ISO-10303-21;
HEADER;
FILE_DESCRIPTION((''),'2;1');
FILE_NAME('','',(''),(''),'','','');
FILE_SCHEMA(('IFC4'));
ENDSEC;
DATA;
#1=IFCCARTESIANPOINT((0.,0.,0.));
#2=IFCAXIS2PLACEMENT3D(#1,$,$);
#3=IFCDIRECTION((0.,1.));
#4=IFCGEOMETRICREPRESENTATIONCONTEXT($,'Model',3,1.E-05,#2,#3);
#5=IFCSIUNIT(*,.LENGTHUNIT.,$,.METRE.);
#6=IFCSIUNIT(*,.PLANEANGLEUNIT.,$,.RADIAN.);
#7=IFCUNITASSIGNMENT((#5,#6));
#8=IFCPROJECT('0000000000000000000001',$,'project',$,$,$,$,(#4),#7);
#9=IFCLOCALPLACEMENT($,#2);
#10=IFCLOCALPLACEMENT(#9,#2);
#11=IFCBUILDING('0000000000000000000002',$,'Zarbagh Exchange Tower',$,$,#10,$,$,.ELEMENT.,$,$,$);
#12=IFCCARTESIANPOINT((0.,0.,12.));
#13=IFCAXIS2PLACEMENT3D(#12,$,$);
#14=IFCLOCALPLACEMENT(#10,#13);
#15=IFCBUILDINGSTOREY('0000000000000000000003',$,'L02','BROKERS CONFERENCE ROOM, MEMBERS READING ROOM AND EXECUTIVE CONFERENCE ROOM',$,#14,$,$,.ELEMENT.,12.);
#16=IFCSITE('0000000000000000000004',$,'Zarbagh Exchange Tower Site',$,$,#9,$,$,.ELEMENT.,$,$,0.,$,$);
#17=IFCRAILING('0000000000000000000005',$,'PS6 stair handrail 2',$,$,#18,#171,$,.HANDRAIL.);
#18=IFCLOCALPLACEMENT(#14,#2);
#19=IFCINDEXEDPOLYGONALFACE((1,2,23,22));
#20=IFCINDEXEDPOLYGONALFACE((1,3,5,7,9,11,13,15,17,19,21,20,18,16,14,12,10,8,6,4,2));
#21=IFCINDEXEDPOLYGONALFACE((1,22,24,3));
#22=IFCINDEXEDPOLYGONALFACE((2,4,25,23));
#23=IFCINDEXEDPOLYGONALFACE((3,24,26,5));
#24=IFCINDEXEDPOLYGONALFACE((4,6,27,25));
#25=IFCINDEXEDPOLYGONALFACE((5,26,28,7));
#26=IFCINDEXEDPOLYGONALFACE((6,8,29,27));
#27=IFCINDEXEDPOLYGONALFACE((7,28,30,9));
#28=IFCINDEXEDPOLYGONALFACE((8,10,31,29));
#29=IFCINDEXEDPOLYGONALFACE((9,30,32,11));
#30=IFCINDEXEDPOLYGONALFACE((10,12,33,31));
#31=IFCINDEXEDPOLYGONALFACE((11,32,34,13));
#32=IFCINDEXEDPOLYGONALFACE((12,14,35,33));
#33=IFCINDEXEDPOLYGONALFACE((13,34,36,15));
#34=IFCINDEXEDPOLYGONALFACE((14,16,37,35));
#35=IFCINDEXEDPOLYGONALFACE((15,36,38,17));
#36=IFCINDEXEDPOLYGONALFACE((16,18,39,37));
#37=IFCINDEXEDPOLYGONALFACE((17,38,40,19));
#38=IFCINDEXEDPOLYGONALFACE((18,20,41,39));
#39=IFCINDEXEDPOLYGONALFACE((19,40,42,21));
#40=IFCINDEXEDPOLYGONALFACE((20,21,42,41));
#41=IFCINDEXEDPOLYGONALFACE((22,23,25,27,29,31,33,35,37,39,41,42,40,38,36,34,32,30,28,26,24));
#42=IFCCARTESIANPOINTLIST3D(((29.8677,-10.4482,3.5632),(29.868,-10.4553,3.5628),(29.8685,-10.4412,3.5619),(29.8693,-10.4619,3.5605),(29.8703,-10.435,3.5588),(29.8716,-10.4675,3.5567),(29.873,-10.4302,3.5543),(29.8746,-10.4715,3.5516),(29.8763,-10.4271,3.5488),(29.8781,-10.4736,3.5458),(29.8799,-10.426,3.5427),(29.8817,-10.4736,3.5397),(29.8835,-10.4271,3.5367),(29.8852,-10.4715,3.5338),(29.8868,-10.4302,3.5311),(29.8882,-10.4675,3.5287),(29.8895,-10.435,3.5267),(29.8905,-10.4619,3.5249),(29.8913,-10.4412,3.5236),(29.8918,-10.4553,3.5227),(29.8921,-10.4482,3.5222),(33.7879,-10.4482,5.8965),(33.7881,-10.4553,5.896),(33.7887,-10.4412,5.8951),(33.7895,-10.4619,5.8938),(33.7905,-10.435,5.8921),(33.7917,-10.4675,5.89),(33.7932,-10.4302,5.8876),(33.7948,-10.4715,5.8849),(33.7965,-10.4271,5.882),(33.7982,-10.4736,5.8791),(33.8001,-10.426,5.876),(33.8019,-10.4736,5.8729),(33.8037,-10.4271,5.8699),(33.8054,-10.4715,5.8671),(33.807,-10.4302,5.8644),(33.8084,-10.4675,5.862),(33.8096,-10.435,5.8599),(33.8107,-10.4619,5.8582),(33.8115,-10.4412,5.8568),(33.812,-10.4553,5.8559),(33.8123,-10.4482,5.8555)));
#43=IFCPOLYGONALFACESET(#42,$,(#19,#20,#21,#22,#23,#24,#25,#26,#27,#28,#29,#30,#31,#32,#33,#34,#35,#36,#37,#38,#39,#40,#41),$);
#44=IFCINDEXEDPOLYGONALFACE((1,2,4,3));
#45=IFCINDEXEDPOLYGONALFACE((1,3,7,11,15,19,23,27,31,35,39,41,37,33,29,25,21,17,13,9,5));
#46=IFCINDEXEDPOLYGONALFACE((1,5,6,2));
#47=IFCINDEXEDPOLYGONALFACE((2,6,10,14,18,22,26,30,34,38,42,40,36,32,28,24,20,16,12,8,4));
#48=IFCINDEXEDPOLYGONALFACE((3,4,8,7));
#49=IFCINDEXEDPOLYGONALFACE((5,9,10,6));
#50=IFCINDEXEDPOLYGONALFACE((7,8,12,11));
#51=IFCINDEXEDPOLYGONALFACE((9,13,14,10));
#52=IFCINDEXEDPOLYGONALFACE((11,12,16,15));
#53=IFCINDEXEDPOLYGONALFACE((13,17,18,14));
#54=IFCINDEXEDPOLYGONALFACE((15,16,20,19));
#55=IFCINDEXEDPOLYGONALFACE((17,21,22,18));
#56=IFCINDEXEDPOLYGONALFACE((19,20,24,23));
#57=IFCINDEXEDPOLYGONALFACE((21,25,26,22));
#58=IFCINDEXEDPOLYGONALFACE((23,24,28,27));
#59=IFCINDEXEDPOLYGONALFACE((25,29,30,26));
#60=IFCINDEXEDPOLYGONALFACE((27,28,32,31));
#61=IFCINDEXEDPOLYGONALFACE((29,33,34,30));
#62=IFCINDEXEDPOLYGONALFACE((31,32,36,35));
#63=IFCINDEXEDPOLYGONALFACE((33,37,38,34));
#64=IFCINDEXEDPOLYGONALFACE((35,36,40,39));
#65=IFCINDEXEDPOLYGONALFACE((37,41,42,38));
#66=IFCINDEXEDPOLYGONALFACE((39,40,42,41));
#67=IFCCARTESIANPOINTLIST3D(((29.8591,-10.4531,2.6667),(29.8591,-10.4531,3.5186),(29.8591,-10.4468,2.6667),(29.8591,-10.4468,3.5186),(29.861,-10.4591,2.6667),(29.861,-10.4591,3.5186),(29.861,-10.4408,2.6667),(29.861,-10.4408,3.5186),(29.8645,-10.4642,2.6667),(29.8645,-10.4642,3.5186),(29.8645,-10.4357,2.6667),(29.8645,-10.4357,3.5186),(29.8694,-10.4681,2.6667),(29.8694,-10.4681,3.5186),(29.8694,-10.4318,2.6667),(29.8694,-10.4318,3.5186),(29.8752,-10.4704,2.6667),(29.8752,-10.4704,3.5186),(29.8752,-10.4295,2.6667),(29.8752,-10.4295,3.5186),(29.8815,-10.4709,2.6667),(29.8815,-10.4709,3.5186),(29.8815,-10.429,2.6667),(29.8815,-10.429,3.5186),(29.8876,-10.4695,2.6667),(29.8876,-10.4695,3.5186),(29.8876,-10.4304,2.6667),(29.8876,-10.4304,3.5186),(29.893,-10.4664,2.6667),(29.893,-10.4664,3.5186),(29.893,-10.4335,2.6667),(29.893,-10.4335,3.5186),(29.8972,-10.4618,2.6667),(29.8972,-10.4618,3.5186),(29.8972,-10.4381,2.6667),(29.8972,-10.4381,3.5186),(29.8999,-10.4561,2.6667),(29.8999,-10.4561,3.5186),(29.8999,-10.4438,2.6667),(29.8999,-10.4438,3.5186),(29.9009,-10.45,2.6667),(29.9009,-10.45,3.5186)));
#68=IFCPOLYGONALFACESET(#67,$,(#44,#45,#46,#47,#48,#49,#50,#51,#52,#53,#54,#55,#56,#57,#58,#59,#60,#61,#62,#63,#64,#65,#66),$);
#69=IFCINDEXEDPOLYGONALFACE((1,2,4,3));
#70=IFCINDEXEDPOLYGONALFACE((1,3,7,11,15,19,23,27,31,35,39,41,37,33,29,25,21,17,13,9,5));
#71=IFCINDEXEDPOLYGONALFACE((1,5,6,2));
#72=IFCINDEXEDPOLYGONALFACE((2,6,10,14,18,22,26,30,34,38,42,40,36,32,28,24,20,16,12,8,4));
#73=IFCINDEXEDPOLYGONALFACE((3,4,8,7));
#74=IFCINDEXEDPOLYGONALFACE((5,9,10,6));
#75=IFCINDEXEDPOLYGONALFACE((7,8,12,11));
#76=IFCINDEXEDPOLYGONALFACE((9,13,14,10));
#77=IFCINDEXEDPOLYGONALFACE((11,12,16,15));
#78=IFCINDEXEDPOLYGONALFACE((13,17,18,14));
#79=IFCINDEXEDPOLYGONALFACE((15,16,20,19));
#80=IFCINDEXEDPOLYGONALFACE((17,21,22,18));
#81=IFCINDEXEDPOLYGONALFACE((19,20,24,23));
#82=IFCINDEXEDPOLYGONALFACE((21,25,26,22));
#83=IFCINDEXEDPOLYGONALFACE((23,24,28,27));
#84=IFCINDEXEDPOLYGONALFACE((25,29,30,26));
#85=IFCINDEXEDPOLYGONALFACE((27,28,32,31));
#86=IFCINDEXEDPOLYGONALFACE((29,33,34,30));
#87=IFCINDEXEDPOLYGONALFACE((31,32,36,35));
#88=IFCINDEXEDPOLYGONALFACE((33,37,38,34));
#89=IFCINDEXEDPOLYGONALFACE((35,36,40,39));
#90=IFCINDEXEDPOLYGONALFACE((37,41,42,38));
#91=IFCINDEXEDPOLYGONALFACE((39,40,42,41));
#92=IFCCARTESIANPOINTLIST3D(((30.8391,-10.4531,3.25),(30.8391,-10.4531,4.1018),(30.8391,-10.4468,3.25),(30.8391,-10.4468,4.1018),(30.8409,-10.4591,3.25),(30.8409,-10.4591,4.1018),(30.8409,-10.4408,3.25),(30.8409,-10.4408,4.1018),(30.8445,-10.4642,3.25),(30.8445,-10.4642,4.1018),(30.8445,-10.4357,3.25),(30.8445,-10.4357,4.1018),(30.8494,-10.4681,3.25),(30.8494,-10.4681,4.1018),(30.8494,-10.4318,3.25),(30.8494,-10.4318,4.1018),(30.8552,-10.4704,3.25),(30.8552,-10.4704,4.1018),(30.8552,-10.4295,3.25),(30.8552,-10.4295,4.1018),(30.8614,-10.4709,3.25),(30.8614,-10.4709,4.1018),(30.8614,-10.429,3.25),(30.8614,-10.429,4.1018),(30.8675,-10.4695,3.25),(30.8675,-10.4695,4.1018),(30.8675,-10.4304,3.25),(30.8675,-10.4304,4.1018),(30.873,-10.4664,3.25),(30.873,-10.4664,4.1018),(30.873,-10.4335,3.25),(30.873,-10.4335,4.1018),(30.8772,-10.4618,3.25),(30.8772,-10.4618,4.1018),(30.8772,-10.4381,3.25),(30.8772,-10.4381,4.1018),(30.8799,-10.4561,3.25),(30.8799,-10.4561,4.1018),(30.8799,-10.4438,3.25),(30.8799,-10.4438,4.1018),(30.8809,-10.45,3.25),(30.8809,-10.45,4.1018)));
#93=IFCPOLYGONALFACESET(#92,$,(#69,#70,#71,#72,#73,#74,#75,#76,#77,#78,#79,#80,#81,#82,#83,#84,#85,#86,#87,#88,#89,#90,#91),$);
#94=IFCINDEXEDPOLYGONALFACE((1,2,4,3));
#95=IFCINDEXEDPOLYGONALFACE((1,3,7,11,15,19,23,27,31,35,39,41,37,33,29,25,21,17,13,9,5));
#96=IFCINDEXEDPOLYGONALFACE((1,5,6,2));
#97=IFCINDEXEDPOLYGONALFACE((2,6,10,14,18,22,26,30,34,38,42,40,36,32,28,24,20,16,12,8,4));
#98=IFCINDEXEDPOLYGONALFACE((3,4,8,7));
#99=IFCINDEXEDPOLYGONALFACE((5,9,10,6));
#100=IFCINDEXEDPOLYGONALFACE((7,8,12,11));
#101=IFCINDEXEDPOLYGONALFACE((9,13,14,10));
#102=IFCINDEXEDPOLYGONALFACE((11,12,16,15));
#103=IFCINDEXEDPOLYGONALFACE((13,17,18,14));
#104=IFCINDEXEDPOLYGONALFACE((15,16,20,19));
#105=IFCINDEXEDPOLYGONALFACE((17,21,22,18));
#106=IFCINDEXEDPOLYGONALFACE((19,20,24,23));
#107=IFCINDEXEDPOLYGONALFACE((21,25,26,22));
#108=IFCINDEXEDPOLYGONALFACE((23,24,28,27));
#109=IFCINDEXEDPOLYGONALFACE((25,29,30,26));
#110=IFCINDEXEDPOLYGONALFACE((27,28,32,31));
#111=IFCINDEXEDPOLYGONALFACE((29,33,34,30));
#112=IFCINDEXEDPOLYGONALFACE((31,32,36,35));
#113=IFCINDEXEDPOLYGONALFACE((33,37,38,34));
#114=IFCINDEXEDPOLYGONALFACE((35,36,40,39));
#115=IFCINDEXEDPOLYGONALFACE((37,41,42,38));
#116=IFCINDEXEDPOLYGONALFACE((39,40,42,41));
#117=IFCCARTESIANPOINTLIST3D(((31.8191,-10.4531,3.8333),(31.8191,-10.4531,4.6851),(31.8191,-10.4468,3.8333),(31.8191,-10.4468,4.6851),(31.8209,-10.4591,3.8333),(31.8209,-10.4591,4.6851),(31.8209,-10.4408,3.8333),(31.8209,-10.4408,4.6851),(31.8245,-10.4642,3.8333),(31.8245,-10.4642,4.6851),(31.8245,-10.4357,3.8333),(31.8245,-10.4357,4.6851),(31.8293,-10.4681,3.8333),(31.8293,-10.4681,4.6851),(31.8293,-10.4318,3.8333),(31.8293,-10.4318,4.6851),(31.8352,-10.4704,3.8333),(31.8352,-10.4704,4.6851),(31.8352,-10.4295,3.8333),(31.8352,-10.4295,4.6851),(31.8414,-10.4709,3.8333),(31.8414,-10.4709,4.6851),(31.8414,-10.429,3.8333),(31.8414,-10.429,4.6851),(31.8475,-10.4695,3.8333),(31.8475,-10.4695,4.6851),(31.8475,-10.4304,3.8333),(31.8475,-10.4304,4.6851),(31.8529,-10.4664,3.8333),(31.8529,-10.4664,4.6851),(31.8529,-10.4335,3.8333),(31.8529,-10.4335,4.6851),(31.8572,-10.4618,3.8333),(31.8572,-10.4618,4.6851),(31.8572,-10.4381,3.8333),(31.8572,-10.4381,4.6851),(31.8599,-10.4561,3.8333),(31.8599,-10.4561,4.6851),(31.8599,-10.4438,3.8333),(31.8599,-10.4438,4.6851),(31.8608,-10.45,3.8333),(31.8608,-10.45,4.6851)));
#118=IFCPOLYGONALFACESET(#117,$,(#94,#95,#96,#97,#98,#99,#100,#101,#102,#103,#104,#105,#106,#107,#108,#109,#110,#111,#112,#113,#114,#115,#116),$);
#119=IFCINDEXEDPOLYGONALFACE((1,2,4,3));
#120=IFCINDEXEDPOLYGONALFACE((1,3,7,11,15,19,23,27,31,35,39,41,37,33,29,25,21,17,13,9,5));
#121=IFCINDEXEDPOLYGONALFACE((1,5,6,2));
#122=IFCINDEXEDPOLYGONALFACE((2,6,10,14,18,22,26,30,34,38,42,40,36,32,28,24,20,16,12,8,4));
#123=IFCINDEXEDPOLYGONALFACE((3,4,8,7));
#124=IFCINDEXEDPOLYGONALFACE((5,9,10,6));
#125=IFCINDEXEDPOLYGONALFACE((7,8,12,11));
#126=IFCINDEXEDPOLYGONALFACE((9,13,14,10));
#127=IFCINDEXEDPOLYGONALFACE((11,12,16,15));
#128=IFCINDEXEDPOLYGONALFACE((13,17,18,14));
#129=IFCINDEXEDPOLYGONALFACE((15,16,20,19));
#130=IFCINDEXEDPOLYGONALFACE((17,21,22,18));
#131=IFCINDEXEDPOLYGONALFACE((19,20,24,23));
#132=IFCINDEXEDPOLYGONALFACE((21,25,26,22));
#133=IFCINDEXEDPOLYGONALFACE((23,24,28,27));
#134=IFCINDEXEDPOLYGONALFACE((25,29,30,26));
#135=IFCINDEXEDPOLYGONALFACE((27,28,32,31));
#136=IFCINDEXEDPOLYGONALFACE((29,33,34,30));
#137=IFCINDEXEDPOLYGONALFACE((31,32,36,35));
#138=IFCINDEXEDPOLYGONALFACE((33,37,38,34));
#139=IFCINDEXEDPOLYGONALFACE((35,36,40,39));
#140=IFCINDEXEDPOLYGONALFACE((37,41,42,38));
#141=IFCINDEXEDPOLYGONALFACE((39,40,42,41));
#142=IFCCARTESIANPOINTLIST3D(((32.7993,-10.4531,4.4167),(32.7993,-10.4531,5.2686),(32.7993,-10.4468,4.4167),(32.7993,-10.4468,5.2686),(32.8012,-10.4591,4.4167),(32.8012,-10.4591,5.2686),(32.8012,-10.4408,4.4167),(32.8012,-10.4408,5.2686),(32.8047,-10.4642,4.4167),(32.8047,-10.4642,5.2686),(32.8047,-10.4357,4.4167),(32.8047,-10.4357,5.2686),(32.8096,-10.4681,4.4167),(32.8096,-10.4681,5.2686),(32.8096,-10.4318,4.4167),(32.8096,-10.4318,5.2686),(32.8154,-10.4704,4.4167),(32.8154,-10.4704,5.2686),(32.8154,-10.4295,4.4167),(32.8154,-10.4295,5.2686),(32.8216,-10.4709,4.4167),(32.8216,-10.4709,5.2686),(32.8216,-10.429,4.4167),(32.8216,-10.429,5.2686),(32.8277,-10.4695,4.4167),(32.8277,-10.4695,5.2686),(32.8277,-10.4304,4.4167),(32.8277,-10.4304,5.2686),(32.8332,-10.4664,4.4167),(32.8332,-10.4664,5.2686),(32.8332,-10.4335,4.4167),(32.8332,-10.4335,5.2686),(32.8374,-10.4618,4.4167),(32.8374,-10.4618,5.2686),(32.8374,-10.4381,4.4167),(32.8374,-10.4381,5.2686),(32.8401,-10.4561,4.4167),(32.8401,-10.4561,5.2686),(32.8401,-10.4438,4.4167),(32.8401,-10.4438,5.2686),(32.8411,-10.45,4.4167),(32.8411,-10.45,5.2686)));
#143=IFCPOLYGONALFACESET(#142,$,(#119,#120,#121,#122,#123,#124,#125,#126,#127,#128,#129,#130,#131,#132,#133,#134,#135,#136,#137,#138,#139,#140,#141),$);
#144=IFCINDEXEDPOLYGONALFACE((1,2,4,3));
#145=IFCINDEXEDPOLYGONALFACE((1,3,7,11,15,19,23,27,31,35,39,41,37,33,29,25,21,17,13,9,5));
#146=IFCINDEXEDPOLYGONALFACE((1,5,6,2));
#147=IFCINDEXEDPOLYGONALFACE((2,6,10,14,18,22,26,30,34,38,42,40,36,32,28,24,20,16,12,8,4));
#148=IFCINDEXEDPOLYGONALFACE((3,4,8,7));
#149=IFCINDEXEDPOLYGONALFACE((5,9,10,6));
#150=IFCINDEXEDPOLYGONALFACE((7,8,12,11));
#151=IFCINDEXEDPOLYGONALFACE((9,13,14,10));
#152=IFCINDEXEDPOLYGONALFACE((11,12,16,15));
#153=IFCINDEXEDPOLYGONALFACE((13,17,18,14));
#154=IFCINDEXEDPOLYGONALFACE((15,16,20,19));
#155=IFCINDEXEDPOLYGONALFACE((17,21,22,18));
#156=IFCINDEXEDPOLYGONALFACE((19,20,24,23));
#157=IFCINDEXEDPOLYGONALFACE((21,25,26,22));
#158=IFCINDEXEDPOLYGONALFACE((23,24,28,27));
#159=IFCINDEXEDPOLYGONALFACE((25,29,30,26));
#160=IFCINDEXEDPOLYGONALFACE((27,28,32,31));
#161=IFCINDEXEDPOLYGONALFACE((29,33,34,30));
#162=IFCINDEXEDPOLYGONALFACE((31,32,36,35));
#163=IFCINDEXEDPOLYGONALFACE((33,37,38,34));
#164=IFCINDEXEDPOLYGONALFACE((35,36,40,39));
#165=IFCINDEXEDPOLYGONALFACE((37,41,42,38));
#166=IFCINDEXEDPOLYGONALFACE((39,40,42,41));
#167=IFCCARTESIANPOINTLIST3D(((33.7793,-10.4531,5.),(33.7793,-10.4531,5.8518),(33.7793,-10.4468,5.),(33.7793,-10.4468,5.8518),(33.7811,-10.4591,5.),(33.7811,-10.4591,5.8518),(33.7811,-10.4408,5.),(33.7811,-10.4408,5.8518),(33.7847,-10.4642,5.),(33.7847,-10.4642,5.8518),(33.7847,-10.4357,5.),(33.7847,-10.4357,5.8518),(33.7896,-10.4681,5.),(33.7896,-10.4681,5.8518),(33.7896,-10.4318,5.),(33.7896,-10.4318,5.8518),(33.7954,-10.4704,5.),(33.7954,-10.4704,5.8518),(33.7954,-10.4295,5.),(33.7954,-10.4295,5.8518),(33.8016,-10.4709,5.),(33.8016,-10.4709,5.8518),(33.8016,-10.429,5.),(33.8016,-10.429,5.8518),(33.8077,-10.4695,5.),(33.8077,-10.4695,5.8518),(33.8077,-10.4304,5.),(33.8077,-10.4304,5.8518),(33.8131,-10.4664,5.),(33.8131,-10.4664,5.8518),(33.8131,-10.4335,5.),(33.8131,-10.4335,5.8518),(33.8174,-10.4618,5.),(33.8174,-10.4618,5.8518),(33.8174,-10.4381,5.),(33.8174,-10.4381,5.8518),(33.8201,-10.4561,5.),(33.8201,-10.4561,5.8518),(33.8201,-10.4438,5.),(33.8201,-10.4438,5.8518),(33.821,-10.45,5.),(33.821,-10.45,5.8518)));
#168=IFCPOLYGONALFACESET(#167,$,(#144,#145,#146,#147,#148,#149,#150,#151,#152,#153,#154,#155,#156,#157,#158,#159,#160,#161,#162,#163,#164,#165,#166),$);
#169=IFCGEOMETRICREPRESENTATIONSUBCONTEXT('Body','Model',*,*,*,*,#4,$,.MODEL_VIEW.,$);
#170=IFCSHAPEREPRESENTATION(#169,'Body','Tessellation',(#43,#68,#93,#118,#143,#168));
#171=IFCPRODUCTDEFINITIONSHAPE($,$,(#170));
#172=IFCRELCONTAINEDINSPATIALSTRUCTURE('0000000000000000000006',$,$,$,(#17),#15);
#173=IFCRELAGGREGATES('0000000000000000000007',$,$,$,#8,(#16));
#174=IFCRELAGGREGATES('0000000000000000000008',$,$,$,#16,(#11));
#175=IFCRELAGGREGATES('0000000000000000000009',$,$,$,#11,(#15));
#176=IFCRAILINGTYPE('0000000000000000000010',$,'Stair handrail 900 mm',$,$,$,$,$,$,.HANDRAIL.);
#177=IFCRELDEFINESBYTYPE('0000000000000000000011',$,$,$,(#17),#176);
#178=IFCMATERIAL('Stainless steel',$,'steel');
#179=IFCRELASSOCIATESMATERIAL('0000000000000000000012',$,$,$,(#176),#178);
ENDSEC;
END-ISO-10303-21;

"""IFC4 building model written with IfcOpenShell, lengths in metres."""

from ifc_helpers import new_model, si_unit, direction, frame, origin, origin_2d, place, context, subcontext, project, spatial, circle, extrude, material, type_object, element, save


model = new_model("IFC4")

# Units and contexts
model_context = context("Model", 3, precision=1e-05, world=origin(), true_north=direction((0.0, 1.0)))
body_context = subcontext(model_context, "Body", "Model", "MODEL_VIEW")
ifc_project = project(units=[si_unit("LENGTHUNIT", "METRE"), si_unit("PLANEANGLEUNIT", "RADIAN")], contexts=[model_context])

# Site, building, storey
site_placement = place(None, origin())
site = spatial("IfcSite", under=ifc_project, at=site_placement, Name="Zarbagh Exchange Tower Site", CompositionType="ELEMENT", RefElevation=0.0)
building_placement = place(site_placement, origin())
building = spatial("IfcBuilding", under=site, at=building_placement, Name="Zarbagh Exchange Tower", CompositionType="ELEMENT")
storey_placement = place(building_placement, frame((0.0, 0.0, 12.0)))
storey = spatial("IfcBuildingStorey", under=building, at=storey_placement, Name="L02", Description="BROKERS CONFERENCE ROOM, MEMBERS READING ROOM AND EXECUTIVE CONFERENCE ROOM", CompositionType="ELEMENT", Elevation=12.0)

# Railing
ifc_material_1 = material(Name="Stainless steel", Category="steel")
railing_type_1 = type_object("IfcRailingType", Name="Stair handrail 900 mm", PredefinedType="HANDRAIL", material=ifc_material_1)
railing_1_placement = place(storey_placement, frame((29.8799, -10.45, 2.6667)))
element("IfcRailing", 1, at=railing_1_placement, inside=storey, type_object=railing_type_1, Name="PS6 stair handrail 2", PredefinedType="HANDRAIL", context=body_context, shape_type="SweptSolid", body=[
    extrude(circle(Radius=0.0239, at=origin_2d()), frame((0.0, 0.0, 0.876), z_axis=(0.85931, 0.0, 0.511455), x_axis=(0.0, 1.0, 0.0)), (0.0, 0.0, 1.0), 4.562),
    extrude(circle(Radius=0.021, at=origin_2d()), origin(), (0.0, 0.0, 1.0), 0.8518),
    extrude(circle(Radius=0.021, at=origin_2d()), frame((0.98, 0.0, 0.5833)), (0.0, 0.0, 1.0), 0.8518),
    extrude(circle(Radius=0.021, at=origin_2d()), frame((1.96, 0.0, 1.1665)), (0.0, 0.0, 1.0), 0.8518),
    extrude(circle(Radius=0.021, at=origin_2d()), frame((2.9402, 0.0, 1.75)), (0.0, 0.0, 1.0), 0.8518),
    extrude(circle(Radius=0.021, at=origin_2d()), frame((3.9202, 0.0, 2.3333)), (0.0, 0.0, 1.0), 0.8518),
])

save(model, "model.ifc")
